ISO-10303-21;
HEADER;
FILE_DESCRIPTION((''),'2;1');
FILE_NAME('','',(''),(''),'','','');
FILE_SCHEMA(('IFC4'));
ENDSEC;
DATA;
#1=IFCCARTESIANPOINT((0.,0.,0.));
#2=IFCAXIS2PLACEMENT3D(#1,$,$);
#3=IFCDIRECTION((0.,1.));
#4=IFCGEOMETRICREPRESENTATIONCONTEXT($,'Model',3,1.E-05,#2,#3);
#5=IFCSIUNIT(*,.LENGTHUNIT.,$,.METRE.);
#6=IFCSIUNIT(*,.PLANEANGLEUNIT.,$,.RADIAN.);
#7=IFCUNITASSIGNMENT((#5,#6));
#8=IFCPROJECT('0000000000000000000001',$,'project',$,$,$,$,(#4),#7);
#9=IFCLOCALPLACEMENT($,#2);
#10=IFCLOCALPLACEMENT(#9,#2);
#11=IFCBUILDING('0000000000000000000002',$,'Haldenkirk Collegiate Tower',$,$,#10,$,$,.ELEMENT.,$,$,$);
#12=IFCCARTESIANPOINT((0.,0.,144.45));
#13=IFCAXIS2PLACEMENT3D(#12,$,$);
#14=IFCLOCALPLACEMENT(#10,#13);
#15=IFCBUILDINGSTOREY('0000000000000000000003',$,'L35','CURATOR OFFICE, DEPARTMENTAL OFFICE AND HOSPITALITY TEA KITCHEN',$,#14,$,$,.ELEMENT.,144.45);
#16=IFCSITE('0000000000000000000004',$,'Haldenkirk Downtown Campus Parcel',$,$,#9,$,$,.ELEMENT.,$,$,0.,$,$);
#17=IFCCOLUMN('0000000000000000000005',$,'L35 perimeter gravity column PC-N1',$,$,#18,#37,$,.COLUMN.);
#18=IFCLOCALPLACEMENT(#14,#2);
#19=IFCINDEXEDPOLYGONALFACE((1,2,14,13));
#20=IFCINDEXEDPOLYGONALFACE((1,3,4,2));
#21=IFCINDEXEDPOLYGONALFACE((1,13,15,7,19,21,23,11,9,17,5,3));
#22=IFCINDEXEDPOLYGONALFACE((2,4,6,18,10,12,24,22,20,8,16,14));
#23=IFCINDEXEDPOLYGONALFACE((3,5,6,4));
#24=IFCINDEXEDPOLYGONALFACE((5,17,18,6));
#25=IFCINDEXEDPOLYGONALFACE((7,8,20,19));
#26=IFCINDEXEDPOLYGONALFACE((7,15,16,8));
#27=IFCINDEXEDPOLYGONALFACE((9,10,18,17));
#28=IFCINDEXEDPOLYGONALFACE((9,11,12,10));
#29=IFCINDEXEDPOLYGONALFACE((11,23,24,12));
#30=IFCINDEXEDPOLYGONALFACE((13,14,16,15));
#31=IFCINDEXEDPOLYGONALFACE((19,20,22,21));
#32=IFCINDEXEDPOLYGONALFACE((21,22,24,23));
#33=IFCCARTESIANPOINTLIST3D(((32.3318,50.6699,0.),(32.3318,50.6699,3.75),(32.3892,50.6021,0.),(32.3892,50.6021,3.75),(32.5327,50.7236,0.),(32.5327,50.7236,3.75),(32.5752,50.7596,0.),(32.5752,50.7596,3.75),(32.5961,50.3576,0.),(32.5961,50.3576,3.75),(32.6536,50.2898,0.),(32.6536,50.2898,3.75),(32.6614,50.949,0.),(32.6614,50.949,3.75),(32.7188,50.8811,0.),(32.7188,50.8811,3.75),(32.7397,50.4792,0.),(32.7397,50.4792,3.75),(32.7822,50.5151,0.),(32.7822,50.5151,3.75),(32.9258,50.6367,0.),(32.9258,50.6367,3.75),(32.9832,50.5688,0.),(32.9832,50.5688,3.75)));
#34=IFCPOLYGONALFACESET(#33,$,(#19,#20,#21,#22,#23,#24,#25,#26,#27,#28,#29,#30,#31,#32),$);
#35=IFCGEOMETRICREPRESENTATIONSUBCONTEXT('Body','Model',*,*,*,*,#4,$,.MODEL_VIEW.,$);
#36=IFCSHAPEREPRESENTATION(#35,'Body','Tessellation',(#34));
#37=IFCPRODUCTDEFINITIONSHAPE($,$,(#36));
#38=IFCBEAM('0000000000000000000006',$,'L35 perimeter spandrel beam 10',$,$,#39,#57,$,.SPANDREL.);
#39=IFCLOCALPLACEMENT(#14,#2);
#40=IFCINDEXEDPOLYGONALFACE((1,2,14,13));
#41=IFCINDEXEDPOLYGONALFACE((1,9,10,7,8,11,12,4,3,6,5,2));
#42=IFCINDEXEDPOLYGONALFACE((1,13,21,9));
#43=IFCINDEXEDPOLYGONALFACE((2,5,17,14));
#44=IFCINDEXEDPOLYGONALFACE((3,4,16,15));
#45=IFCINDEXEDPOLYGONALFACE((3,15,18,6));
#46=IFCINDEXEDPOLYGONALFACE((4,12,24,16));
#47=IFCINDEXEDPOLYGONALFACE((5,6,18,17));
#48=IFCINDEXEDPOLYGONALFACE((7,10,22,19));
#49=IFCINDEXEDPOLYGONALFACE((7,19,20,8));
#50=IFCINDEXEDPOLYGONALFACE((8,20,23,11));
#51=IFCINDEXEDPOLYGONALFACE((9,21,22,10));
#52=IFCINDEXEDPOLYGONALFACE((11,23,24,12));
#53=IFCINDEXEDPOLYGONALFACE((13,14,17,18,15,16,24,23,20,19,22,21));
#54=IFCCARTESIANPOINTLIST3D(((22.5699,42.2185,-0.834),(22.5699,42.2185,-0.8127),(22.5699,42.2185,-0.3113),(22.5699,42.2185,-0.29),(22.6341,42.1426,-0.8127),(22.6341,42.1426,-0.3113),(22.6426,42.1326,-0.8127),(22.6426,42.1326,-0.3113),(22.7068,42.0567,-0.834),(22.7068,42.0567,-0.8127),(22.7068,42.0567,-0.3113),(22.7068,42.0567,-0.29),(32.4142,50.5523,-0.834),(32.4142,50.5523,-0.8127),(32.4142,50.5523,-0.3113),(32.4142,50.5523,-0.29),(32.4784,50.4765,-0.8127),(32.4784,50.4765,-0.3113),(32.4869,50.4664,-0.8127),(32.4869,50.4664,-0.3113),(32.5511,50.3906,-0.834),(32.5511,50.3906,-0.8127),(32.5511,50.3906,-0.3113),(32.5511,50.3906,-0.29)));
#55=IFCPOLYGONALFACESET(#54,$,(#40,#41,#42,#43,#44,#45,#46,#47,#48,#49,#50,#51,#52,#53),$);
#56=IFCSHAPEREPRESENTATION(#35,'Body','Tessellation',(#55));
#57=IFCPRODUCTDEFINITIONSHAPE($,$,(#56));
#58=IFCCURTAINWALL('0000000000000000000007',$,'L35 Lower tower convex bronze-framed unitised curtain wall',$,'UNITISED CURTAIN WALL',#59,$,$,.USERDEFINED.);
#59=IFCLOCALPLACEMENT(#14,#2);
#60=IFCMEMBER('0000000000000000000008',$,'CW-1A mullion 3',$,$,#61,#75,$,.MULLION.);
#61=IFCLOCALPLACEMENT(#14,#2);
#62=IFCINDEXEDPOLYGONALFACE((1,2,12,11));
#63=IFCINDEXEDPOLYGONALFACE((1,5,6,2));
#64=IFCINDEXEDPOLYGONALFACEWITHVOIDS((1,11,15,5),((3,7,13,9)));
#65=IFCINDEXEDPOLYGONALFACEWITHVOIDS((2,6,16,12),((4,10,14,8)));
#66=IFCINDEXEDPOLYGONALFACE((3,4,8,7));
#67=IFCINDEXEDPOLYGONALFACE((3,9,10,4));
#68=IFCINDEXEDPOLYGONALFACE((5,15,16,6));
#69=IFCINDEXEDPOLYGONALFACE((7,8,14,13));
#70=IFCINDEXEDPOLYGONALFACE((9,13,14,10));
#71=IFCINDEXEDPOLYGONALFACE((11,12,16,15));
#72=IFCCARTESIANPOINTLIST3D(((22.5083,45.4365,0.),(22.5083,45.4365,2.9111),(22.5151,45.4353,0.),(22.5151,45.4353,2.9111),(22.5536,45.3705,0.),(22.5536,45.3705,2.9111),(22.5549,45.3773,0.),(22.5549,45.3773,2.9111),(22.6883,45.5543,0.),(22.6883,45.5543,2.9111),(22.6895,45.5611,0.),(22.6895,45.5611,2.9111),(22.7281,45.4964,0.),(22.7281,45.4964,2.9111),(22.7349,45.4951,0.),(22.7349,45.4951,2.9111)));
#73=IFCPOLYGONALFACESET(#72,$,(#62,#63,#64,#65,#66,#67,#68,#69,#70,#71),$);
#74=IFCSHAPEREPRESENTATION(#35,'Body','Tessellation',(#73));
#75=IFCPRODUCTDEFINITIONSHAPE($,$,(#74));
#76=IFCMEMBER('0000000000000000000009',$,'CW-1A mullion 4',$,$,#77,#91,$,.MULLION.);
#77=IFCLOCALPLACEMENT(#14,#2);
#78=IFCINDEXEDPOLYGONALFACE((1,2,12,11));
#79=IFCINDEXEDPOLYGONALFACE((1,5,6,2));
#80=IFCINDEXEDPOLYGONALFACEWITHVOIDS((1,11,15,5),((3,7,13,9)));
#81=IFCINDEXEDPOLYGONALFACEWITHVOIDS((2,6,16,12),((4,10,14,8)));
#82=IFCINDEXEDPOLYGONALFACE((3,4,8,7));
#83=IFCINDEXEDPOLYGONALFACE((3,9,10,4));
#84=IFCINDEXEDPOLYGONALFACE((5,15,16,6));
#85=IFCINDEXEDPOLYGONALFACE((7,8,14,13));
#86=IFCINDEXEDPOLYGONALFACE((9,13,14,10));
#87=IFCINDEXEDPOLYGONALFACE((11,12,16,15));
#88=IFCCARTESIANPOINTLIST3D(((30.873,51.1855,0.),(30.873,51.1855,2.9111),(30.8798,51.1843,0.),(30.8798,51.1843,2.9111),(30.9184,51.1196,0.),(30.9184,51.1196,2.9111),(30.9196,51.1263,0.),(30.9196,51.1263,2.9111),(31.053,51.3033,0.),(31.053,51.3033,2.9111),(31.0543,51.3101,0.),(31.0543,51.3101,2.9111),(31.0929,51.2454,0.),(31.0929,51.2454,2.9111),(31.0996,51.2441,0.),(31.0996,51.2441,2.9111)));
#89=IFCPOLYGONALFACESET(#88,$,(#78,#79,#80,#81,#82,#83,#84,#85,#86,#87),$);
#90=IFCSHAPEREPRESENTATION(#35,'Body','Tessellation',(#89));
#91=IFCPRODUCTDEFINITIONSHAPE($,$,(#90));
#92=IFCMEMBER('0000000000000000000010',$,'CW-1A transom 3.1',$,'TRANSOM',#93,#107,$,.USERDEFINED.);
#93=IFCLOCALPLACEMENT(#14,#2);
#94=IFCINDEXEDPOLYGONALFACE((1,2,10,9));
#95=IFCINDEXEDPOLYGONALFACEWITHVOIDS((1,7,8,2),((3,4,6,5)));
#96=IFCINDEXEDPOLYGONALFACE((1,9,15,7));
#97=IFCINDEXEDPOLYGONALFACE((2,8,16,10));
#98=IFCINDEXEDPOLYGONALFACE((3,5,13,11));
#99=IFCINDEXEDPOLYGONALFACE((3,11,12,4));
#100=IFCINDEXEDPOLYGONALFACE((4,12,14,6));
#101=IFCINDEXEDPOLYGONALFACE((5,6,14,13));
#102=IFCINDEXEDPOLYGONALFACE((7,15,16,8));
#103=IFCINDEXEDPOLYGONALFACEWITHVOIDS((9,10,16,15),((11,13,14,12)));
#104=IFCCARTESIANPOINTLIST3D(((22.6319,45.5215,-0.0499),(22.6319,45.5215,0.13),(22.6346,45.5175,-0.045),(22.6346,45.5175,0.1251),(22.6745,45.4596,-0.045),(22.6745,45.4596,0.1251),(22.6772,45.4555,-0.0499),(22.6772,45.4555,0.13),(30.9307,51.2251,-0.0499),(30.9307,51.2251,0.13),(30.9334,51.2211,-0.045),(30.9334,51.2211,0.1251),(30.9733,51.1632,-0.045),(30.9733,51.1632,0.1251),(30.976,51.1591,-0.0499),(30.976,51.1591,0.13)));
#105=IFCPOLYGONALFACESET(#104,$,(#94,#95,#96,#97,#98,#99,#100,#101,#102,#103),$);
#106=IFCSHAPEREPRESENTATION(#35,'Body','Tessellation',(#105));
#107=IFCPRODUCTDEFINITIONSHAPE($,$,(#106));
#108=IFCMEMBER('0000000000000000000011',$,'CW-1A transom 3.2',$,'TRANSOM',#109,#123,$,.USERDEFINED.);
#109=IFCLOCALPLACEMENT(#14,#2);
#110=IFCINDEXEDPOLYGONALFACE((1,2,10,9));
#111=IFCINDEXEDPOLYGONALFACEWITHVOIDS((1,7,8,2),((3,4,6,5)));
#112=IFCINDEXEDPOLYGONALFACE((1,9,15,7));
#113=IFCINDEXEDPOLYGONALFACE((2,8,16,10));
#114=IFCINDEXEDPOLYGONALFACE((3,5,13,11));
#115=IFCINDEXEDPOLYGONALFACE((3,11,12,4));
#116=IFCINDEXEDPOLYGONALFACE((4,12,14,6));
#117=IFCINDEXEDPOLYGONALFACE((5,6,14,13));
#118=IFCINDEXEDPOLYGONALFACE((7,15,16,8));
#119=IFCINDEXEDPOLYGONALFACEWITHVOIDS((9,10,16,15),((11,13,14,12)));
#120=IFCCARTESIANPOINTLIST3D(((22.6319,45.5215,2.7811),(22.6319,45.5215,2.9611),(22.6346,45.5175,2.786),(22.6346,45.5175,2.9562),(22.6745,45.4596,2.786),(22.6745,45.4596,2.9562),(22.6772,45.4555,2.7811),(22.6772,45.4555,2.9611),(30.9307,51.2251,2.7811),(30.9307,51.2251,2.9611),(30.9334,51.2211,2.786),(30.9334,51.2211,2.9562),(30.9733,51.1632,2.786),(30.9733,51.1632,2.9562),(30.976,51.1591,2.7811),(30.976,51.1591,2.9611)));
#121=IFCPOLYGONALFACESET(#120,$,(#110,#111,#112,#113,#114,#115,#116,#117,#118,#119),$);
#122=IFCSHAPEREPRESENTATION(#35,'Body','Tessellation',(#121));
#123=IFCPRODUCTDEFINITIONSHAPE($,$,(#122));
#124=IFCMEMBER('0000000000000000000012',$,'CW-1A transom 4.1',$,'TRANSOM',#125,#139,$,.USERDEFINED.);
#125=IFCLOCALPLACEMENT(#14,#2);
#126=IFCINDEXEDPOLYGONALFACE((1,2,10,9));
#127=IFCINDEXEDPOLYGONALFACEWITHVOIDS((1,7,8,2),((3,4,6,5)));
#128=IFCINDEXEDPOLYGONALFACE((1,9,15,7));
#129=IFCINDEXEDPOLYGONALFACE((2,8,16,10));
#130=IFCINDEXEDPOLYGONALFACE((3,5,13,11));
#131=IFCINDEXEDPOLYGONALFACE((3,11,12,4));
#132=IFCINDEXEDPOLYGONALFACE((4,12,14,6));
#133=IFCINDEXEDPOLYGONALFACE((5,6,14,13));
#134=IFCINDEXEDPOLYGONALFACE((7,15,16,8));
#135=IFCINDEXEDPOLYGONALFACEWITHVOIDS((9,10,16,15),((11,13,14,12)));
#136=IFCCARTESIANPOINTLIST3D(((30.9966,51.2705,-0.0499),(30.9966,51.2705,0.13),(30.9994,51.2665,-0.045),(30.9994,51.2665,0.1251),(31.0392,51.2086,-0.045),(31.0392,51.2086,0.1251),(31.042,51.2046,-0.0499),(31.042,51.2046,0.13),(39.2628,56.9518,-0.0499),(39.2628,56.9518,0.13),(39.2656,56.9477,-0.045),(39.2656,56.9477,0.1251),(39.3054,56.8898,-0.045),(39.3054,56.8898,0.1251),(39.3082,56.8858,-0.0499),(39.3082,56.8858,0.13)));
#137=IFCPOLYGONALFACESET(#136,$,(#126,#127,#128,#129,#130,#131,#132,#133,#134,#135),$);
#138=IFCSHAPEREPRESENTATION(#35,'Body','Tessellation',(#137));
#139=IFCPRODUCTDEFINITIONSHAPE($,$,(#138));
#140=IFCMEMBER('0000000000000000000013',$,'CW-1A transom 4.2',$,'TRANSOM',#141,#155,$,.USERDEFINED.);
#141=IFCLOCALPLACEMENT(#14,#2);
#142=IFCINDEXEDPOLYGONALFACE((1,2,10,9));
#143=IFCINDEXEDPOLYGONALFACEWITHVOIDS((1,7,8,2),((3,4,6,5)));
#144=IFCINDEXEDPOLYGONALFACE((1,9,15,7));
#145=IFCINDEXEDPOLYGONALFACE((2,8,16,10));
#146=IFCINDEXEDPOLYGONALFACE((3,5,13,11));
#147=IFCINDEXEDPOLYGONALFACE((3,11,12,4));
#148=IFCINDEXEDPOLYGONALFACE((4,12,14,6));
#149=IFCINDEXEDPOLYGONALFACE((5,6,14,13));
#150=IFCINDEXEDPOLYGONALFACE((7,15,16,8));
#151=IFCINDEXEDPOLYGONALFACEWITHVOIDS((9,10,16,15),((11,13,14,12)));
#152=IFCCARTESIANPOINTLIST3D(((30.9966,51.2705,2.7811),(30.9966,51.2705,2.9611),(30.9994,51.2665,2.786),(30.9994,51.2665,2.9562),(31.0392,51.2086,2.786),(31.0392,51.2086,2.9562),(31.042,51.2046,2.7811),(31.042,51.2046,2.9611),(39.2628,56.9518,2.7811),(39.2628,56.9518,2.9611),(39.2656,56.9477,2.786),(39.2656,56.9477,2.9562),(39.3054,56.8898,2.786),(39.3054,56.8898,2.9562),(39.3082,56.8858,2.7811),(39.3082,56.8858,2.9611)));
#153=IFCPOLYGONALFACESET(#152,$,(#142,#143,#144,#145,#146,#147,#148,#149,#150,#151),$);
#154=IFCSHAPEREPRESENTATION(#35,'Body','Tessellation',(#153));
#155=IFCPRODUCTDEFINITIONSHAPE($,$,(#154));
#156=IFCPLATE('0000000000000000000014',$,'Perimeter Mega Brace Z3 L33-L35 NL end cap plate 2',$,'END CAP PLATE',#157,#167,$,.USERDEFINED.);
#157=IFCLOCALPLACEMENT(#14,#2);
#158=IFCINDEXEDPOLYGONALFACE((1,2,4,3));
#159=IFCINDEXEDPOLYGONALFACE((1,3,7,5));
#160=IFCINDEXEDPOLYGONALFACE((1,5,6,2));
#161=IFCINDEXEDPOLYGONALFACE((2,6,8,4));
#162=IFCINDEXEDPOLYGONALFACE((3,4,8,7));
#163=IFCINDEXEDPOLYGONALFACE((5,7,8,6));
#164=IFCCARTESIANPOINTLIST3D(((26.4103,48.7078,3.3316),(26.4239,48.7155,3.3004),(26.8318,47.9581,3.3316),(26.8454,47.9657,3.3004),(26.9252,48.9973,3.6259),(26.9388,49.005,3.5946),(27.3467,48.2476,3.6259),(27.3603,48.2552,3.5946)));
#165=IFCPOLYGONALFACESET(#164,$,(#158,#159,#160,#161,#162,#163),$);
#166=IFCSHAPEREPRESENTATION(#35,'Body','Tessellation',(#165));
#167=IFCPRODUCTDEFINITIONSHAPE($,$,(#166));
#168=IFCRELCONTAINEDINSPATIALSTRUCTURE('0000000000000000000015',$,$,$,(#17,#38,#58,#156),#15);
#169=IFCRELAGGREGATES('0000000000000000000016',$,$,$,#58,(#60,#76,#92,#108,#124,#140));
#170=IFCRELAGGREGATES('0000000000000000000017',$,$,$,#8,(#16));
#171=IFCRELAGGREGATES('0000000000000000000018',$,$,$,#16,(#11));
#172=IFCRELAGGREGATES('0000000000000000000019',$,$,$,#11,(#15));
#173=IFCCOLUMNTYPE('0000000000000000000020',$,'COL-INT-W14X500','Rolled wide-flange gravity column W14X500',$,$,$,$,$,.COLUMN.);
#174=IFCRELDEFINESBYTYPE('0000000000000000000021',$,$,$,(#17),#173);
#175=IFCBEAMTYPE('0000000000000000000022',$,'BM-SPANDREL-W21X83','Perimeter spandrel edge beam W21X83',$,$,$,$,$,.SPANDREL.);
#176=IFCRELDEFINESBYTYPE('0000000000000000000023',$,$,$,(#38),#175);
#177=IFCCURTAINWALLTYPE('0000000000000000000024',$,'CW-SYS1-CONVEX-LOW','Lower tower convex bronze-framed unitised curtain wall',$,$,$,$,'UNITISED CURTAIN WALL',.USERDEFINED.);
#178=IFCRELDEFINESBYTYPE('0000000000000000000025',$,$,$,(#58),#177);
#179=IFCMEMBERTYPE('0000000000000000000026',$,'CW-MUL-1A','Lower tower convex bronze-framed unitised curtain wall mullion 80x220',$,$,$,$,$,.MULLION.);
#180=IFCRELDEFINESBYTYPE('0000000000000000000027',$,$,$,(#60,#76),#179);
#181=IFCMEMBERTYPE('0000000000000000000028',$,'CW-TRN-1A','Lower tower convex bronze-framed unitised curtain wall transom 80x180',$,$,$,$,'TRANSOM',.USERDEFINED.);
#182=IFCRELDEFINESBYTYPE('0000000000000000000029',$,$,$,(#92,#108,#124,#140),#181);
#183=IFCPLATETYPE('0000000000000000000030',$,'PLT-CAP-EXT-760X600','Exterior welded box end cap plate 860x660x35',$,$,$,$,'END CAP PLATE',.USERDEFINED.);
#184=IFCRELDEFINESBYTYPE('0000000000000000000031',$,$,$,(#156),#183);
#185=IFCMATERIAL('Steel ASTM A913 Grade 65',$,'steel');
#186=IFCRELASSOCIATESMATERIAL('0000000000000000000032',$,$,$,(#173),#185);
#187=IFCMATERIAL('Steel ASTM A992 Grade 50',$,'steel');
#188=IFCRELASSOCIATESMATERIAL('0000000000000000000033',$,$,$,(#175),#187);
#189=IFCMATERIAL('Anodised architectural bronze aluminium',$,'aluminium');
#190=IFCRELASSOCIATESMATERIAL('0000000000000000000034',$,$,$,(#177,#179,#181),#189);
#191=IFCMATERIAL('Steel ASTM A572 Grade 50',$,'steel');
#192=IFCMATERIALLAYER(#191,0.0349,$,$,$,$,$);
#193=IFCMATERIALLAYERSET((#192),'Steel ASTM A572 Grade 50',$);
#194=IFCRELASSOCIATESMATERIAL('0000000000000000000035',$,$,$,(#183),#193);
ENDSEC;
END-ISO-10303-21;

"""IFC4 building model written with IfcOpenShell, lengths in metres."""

from ifc_helpers import new_model, si_unit, direction, frame, origin, origin_2d, place, context, subcontext, project, spatial, rectangle, hollow_rectangle, i_section, extrude, source, transform, mapped, material, layer, layer_set, material_profile, profile_set, type_object, element, aggregate, save


model = new_model("IFC4")

# Units and contexts
model_context = context("Model", 3, precision=1e-05, world=origin(), true_north=direction((0.0, 1.0)))
body_context = subcontext(model_context, "Body", "Model", "MODEL_VIEW")
ifc_project = project(units=[si_unit("LENGTHUNIT", "METRE"), si_unit("PLANEANGLEUNIT", "RADIAN")], contexts=[model_context])

# Site, building, storey
site_placement = place(None, origin())
site = spatial("IfcSite", under=ifc_project, at=site_placement, Name="Haldenkirk Downtown Campus Parcel", CompositionType="ELEMENT", RefElevation=0.0)
building_placement = place(site_placement, origin())
building = spatial("IfcBuilding", under=site, at=building_placement, Name="Haldenkirk Collegiate Tower", CompositionType="ELEMENT")
storey_placement = place(building_placement, frame((0.0, 0.0, 144.45)))
storey = spatial("IfcBuildingStorey", under=building, at=storey_placement, Name="L35", Description="CURATOR OFFICE, DEPARTMENTAL OFFICE AND HOSPITALITY TEA KITCHEN", CompositionType="ELEMENT", Elevation=144.45)

# Column
ifc_material_1 = material(Name="Steel ASTM A913 Grade 65", Category="steel")
ifc_material_profile_1 = material_profile(ifc_material_1, i_section(OverallWidth=0.4319, OverallDepth=0.498, WebThickness=0.0557, FlangeThickness=0.0889, at=origin_2d()), Name="W14X500")
ifc_profile_set_1 = profile_set([ifc_material_profile_1], Name="Steel ASTM A913 Grade 65")
column_type = type_object("IfcColumnType", Name="COL-INT-W14X500", Description="Rolled wide-flange gravity column W14X500", PredefinedType="COLUMN", material=ifc_profile_set_1)
column_placement = place(storey_placement, frame((32.6575, 50.6194, 0.0), z_axis=(0.0, 0.0, 1.0), x_axis=(0.763232, 0.646124, 0.0)))
element("IfcColumn", 1, at=column_placement, inside=storey, type_object=column_type, Name="L35 perimeter gravity column PC-N1", PredefinedType="COLUMN", context=body_context, shape_type="SweptSolid", body=[
    extrude(i_section(OverallWidth=0.4319, OverallDepth=0.498, WebThickness=0.0557, FlangeThickness=0.0889, at=origin_2d()), origin(), (0.0, 0.0, 1.0), 3.75),
])

# Beam
ifc_material_2 = material(Name="Steel ASTM A992 Grade 50", Category="steel")
ifc_material_profile_2 = material_profile(ifc_material_2, i_section(OverallWidth=0.2119, OverallDepth=0.5439, WebThickness=0.0132, FlangeThickness=0.0212, at=origin_2d()), Name="W21X83")
ifc_profile_set_2 = profile_set([ifc_material_profile_2], Name="Steel ASTM A992 Grade 50")
beam_type = type_object("IfcBeamType", Name="BM-SPANDREL-W21X83", Description="Perimeter spandrel edge beam W21X83", PredefinedType="SPANDREL", material=ifc_profile_set_2)
beam_placement = place(storey_placement, frame((32.4827, 50.4714, -0.562), z_axis=(-0.763233, -0.646123, 0.0), x_axis=(0.646123, -0.763233, 0.0)))
element("IfcBeam", 2, at=beam_placement, inside=storey, type_object=beam_type, Name="L35 perimeter spandrel beam 10", PredefinedType="SPANDREL", context=body_context, shape_type="SweptSolid", body=[
    extrude(i_section(OverallWidth=0.2119, OverallDepth=0.5439, WebThickness=0.0132, FlangeThickness=0.0212, at=origin_2d()), origin(), (0.0, 0.0, 1.0), 12.8982),
])

# Curtain wall, members
ifc_material_3 = material(Name="Anodised architectural bronze aluminium", Category="aluminium")
curtain_wall_type = type_object("IfcCurtainWallType", Name="CW-SYS1-CONVEX-LOW", Description="Lower tower convex bronze-framed unitised curtain wall", ElementType="UNITISED CURTAIN WALL", PredefinedType="USERDEFINED", material=ifc_material_3)
curtain_wall_placement = place(storey_placement, origin())
curtain_wall = element("IfcCurtainWall", 3, at=curtain_wall_placement, inside=storey, type_object=curtain_wall_type, Name="L35 Lower tower convex bronze-framed unitised curtain wall", ObjectType="UNITISED CURTAIN WALL", PredefinedType="USERDEFINED")
ifc_material_profile_3 = material_profile(ifc_material_3, hollow_rectangle(XDim=0.0801, YDim=0.22, WallThickness=0.0049, at=origin_2d()), Name="CW-MUL-1A")
ifc_profile_set_3 = profile_set([ifc_material_profile_3], Name="Anodised architectural bronze aluminium")
member_type_1 = type_object("IfcMemberType", Name="CW-MUL-1A", Description="Lower tower convex bronze-framed unitised curtain wall mullion 80x220", PredefinedType="MULLION", material=ifc_profile_set_3)
member_1_placement = place(storey_placement, frame((22.6216, 45.4658, 0.0), z_axis=(0.0, 0.0, 1.0), x_axis=(-0.566405, 0.824127, 0.0)))
member_1 = element("IfcMember", 4, at=member_1_placement, type_object=member_type_1, Name="CW-1A mullion 3", PredefinedType="MULLION", context=body_context, shape_type="SweptSolid", body=[
    extrude(hollow_rectangle(XDim=0.0801, YDim=0.22, WallThickness=0.0049, at=origin_2d()), origin(), (0.0, 0.0, 1.0), 2.9111),
])
member_2_placement = place(storey_placement, frame((30.9863, 51.2148, 0.0), z_axis=(0.0, 0.0, 1.0), x_axis=(-0.566405, 0.824127, 0.0)))
member_2 = element("IfcMember", 5, at=member_2_placement, type_object=member_type_1, Name="CW-1A mullion 4", PredefinedType="MULLION", context=body_context, shape_type="SweptSolid", body=[
    extrude(hollow_rectangle(XDim=0.0801, YDim=0.22, WallThickness=0.0049, at=origin_2d()), origin(), (0.0, 0.0, 1.0), 2.9111),
])
ifc_material_profile_4 = material_profile(ifc_material_3, hollow_rectangle(XDim=0.0801, YDim=0.1799, WallThickness=0.0049, at=origin_2d()), Name="CW-TRN-1A")
ifc_profile_set_4 = profile_set([ifc_material_profile_4], Name="Anodised architectural bronze aluminium")
member_type_2 = type_object("IfcMemberType", Name="CW-TRN-1A", Description="Lower tower convex bronze-framed unitised curtain wall transom 80x180", ElementType="TRANSOM", PredefinedType="USERDEFINED", material=ifc_profile_set_4)
member_3_placement = place(storey_placement, frame((22.6545, 45.4885, 0.04), z_axis=(0.824127, 0.566405, 0.0), x_axis=(-0.566405, 0.824127, 0.0)))
member_3 = element("IfcMember", 6, at=member_3_placement, type_object=member_type_2, Name="CW-1A transom 3.1", ObjectType="TRANSOM", PredefinedType="USERDEFINED", context=body_context, shape_type="SweptSolid", body=[
    extrude(hollow_rectangle(XDim=0.0801, YDim=0.1799, WallThickness=0.0049, at=origin_2d()), origin(), (0.0, 0.0, 1.0), 10.0698),
])
member_4_placement = place(storey_placement, frame((22.6545, 45.4885, 2.8711), z_axis=(0.824127, 0.566405, 0.0), x_axis=(-0.566405, 0.824127, 0.0)))
member_4 = element("IfcMember", 7, at=member_4_placement, type_object=member_type_2, Name="CW-1A transom 3.2", ObjectType="TRANSOM", PredefinedType="USERDEFINED", context=body_context, shape_type="SweptSolid", body=[
    extrude(hollow_rectangle(XDim=0.0801, YDim=0.1799, WallThickness=0.0049, at=origin_2d()), origin(), (0.0, 0.0, 1.0), 10.0698),
])
member_5_placement = place(storey_placement, frame((31.0193, 51.2375, 0.04), z_axis=(0.824126, 0.566407, 0.0), x_axis=(-0.566407, 0.824126, 0.0)))
member_5 = element("IfcMember", 8, at=member_5_placement, type_object=member_type_2, Name="CW-1A transom 4.1", ObjectType="TRANSOM", PredefinedType="USERDEFINED", context=body_context, shape_type="SweptSolid", body=[
    extrude(hollow_rectangle(XDim=0.0801, YDim=0.1799, WallThickness=0.0049, at=origin_2d()), origin(), (0.0, 0.0, 1.0), 10.0303),
])
member_6_placement = place(storey_placement, frame((31.0193, 51.2375, 2.8711), z_axis=(0.824126, 0.566407, 0.0), x_axis=(-0.566407, 0.824126, 0.0)))
member_6 = element("IfcMember", 9, at=member_6_placement, type_object=member_type_2, Name="CW-1A transom 4.2", ObjectType="TRANSOM", PredefinedType="USERDEFINED", context=body_context, shape_type="SweptSolid", body=[
    extrude(hollow_rectangle(XDim=0.0801, YDim=0.1799, WallThickness=0.0049, at=origin_2d()), origin(), (0.0, 0.0, 1.0), 10.0303),
])

# Plate
ifc_material_4 = material(Name="Steel ASTM A572 Grade 50", Category="steel")
ifc_layer_1 = layer(ifc_material_4, 0.0349)
ifc_layer_set_1 = layer_set([ifc_layer_1], Name="Steel ASTM A572 Grade 50")
plate_type_1 = type_object("IfcPlateType", Name="PLT-CAP-EXT-760X600", Description="Exterior welded box end cap plate 860x660x35", ElementType="END CAP PLATE", PredefinedType="USERDEFINED", material=ifc_layer_set_1)
shared_shape_1 = source(origin(), body_context, "Body", "SweptSolid", [
    extrude(rectangle(XDim=0.8601, YDim=0.6599, at=origin_2d()), origin(), (0.0, 0.0, 1.0), 0.0349),
])
plate_1_placement = place(storey_placement, frame((26.8921, 48.4854, 3.4475), z_axis=(-0.388689, -0.218536, 0.895077), x_axis=(0.490088, -0.871673, 0.0)))
element("IfcPlate", 10, at=plate_1_placement, inside=storey, type_object=plate_type_1, Name="Perimeter Mega Brace Z3 L33-L35 NL end cap plate 2", ObjectType="END CAP PLATE", PredefinedType="USERDEFINED", context=body_context, shape_type="MappedRepresentation", body=[
    mapped(shared_shape_1, transform((0.0, 0.0, 0.0), x_axis=(1.0, 0.0, 0.0), y_axis=(0.0, 1.0, 0.0), z_axis=(0.0, 0.0, 1.0), scale=1.0)),
])
aggregate(curtain_wall, [member_1, member_2, member_3, member_4, member_5, member_6])

save(model, "model.ifc")
